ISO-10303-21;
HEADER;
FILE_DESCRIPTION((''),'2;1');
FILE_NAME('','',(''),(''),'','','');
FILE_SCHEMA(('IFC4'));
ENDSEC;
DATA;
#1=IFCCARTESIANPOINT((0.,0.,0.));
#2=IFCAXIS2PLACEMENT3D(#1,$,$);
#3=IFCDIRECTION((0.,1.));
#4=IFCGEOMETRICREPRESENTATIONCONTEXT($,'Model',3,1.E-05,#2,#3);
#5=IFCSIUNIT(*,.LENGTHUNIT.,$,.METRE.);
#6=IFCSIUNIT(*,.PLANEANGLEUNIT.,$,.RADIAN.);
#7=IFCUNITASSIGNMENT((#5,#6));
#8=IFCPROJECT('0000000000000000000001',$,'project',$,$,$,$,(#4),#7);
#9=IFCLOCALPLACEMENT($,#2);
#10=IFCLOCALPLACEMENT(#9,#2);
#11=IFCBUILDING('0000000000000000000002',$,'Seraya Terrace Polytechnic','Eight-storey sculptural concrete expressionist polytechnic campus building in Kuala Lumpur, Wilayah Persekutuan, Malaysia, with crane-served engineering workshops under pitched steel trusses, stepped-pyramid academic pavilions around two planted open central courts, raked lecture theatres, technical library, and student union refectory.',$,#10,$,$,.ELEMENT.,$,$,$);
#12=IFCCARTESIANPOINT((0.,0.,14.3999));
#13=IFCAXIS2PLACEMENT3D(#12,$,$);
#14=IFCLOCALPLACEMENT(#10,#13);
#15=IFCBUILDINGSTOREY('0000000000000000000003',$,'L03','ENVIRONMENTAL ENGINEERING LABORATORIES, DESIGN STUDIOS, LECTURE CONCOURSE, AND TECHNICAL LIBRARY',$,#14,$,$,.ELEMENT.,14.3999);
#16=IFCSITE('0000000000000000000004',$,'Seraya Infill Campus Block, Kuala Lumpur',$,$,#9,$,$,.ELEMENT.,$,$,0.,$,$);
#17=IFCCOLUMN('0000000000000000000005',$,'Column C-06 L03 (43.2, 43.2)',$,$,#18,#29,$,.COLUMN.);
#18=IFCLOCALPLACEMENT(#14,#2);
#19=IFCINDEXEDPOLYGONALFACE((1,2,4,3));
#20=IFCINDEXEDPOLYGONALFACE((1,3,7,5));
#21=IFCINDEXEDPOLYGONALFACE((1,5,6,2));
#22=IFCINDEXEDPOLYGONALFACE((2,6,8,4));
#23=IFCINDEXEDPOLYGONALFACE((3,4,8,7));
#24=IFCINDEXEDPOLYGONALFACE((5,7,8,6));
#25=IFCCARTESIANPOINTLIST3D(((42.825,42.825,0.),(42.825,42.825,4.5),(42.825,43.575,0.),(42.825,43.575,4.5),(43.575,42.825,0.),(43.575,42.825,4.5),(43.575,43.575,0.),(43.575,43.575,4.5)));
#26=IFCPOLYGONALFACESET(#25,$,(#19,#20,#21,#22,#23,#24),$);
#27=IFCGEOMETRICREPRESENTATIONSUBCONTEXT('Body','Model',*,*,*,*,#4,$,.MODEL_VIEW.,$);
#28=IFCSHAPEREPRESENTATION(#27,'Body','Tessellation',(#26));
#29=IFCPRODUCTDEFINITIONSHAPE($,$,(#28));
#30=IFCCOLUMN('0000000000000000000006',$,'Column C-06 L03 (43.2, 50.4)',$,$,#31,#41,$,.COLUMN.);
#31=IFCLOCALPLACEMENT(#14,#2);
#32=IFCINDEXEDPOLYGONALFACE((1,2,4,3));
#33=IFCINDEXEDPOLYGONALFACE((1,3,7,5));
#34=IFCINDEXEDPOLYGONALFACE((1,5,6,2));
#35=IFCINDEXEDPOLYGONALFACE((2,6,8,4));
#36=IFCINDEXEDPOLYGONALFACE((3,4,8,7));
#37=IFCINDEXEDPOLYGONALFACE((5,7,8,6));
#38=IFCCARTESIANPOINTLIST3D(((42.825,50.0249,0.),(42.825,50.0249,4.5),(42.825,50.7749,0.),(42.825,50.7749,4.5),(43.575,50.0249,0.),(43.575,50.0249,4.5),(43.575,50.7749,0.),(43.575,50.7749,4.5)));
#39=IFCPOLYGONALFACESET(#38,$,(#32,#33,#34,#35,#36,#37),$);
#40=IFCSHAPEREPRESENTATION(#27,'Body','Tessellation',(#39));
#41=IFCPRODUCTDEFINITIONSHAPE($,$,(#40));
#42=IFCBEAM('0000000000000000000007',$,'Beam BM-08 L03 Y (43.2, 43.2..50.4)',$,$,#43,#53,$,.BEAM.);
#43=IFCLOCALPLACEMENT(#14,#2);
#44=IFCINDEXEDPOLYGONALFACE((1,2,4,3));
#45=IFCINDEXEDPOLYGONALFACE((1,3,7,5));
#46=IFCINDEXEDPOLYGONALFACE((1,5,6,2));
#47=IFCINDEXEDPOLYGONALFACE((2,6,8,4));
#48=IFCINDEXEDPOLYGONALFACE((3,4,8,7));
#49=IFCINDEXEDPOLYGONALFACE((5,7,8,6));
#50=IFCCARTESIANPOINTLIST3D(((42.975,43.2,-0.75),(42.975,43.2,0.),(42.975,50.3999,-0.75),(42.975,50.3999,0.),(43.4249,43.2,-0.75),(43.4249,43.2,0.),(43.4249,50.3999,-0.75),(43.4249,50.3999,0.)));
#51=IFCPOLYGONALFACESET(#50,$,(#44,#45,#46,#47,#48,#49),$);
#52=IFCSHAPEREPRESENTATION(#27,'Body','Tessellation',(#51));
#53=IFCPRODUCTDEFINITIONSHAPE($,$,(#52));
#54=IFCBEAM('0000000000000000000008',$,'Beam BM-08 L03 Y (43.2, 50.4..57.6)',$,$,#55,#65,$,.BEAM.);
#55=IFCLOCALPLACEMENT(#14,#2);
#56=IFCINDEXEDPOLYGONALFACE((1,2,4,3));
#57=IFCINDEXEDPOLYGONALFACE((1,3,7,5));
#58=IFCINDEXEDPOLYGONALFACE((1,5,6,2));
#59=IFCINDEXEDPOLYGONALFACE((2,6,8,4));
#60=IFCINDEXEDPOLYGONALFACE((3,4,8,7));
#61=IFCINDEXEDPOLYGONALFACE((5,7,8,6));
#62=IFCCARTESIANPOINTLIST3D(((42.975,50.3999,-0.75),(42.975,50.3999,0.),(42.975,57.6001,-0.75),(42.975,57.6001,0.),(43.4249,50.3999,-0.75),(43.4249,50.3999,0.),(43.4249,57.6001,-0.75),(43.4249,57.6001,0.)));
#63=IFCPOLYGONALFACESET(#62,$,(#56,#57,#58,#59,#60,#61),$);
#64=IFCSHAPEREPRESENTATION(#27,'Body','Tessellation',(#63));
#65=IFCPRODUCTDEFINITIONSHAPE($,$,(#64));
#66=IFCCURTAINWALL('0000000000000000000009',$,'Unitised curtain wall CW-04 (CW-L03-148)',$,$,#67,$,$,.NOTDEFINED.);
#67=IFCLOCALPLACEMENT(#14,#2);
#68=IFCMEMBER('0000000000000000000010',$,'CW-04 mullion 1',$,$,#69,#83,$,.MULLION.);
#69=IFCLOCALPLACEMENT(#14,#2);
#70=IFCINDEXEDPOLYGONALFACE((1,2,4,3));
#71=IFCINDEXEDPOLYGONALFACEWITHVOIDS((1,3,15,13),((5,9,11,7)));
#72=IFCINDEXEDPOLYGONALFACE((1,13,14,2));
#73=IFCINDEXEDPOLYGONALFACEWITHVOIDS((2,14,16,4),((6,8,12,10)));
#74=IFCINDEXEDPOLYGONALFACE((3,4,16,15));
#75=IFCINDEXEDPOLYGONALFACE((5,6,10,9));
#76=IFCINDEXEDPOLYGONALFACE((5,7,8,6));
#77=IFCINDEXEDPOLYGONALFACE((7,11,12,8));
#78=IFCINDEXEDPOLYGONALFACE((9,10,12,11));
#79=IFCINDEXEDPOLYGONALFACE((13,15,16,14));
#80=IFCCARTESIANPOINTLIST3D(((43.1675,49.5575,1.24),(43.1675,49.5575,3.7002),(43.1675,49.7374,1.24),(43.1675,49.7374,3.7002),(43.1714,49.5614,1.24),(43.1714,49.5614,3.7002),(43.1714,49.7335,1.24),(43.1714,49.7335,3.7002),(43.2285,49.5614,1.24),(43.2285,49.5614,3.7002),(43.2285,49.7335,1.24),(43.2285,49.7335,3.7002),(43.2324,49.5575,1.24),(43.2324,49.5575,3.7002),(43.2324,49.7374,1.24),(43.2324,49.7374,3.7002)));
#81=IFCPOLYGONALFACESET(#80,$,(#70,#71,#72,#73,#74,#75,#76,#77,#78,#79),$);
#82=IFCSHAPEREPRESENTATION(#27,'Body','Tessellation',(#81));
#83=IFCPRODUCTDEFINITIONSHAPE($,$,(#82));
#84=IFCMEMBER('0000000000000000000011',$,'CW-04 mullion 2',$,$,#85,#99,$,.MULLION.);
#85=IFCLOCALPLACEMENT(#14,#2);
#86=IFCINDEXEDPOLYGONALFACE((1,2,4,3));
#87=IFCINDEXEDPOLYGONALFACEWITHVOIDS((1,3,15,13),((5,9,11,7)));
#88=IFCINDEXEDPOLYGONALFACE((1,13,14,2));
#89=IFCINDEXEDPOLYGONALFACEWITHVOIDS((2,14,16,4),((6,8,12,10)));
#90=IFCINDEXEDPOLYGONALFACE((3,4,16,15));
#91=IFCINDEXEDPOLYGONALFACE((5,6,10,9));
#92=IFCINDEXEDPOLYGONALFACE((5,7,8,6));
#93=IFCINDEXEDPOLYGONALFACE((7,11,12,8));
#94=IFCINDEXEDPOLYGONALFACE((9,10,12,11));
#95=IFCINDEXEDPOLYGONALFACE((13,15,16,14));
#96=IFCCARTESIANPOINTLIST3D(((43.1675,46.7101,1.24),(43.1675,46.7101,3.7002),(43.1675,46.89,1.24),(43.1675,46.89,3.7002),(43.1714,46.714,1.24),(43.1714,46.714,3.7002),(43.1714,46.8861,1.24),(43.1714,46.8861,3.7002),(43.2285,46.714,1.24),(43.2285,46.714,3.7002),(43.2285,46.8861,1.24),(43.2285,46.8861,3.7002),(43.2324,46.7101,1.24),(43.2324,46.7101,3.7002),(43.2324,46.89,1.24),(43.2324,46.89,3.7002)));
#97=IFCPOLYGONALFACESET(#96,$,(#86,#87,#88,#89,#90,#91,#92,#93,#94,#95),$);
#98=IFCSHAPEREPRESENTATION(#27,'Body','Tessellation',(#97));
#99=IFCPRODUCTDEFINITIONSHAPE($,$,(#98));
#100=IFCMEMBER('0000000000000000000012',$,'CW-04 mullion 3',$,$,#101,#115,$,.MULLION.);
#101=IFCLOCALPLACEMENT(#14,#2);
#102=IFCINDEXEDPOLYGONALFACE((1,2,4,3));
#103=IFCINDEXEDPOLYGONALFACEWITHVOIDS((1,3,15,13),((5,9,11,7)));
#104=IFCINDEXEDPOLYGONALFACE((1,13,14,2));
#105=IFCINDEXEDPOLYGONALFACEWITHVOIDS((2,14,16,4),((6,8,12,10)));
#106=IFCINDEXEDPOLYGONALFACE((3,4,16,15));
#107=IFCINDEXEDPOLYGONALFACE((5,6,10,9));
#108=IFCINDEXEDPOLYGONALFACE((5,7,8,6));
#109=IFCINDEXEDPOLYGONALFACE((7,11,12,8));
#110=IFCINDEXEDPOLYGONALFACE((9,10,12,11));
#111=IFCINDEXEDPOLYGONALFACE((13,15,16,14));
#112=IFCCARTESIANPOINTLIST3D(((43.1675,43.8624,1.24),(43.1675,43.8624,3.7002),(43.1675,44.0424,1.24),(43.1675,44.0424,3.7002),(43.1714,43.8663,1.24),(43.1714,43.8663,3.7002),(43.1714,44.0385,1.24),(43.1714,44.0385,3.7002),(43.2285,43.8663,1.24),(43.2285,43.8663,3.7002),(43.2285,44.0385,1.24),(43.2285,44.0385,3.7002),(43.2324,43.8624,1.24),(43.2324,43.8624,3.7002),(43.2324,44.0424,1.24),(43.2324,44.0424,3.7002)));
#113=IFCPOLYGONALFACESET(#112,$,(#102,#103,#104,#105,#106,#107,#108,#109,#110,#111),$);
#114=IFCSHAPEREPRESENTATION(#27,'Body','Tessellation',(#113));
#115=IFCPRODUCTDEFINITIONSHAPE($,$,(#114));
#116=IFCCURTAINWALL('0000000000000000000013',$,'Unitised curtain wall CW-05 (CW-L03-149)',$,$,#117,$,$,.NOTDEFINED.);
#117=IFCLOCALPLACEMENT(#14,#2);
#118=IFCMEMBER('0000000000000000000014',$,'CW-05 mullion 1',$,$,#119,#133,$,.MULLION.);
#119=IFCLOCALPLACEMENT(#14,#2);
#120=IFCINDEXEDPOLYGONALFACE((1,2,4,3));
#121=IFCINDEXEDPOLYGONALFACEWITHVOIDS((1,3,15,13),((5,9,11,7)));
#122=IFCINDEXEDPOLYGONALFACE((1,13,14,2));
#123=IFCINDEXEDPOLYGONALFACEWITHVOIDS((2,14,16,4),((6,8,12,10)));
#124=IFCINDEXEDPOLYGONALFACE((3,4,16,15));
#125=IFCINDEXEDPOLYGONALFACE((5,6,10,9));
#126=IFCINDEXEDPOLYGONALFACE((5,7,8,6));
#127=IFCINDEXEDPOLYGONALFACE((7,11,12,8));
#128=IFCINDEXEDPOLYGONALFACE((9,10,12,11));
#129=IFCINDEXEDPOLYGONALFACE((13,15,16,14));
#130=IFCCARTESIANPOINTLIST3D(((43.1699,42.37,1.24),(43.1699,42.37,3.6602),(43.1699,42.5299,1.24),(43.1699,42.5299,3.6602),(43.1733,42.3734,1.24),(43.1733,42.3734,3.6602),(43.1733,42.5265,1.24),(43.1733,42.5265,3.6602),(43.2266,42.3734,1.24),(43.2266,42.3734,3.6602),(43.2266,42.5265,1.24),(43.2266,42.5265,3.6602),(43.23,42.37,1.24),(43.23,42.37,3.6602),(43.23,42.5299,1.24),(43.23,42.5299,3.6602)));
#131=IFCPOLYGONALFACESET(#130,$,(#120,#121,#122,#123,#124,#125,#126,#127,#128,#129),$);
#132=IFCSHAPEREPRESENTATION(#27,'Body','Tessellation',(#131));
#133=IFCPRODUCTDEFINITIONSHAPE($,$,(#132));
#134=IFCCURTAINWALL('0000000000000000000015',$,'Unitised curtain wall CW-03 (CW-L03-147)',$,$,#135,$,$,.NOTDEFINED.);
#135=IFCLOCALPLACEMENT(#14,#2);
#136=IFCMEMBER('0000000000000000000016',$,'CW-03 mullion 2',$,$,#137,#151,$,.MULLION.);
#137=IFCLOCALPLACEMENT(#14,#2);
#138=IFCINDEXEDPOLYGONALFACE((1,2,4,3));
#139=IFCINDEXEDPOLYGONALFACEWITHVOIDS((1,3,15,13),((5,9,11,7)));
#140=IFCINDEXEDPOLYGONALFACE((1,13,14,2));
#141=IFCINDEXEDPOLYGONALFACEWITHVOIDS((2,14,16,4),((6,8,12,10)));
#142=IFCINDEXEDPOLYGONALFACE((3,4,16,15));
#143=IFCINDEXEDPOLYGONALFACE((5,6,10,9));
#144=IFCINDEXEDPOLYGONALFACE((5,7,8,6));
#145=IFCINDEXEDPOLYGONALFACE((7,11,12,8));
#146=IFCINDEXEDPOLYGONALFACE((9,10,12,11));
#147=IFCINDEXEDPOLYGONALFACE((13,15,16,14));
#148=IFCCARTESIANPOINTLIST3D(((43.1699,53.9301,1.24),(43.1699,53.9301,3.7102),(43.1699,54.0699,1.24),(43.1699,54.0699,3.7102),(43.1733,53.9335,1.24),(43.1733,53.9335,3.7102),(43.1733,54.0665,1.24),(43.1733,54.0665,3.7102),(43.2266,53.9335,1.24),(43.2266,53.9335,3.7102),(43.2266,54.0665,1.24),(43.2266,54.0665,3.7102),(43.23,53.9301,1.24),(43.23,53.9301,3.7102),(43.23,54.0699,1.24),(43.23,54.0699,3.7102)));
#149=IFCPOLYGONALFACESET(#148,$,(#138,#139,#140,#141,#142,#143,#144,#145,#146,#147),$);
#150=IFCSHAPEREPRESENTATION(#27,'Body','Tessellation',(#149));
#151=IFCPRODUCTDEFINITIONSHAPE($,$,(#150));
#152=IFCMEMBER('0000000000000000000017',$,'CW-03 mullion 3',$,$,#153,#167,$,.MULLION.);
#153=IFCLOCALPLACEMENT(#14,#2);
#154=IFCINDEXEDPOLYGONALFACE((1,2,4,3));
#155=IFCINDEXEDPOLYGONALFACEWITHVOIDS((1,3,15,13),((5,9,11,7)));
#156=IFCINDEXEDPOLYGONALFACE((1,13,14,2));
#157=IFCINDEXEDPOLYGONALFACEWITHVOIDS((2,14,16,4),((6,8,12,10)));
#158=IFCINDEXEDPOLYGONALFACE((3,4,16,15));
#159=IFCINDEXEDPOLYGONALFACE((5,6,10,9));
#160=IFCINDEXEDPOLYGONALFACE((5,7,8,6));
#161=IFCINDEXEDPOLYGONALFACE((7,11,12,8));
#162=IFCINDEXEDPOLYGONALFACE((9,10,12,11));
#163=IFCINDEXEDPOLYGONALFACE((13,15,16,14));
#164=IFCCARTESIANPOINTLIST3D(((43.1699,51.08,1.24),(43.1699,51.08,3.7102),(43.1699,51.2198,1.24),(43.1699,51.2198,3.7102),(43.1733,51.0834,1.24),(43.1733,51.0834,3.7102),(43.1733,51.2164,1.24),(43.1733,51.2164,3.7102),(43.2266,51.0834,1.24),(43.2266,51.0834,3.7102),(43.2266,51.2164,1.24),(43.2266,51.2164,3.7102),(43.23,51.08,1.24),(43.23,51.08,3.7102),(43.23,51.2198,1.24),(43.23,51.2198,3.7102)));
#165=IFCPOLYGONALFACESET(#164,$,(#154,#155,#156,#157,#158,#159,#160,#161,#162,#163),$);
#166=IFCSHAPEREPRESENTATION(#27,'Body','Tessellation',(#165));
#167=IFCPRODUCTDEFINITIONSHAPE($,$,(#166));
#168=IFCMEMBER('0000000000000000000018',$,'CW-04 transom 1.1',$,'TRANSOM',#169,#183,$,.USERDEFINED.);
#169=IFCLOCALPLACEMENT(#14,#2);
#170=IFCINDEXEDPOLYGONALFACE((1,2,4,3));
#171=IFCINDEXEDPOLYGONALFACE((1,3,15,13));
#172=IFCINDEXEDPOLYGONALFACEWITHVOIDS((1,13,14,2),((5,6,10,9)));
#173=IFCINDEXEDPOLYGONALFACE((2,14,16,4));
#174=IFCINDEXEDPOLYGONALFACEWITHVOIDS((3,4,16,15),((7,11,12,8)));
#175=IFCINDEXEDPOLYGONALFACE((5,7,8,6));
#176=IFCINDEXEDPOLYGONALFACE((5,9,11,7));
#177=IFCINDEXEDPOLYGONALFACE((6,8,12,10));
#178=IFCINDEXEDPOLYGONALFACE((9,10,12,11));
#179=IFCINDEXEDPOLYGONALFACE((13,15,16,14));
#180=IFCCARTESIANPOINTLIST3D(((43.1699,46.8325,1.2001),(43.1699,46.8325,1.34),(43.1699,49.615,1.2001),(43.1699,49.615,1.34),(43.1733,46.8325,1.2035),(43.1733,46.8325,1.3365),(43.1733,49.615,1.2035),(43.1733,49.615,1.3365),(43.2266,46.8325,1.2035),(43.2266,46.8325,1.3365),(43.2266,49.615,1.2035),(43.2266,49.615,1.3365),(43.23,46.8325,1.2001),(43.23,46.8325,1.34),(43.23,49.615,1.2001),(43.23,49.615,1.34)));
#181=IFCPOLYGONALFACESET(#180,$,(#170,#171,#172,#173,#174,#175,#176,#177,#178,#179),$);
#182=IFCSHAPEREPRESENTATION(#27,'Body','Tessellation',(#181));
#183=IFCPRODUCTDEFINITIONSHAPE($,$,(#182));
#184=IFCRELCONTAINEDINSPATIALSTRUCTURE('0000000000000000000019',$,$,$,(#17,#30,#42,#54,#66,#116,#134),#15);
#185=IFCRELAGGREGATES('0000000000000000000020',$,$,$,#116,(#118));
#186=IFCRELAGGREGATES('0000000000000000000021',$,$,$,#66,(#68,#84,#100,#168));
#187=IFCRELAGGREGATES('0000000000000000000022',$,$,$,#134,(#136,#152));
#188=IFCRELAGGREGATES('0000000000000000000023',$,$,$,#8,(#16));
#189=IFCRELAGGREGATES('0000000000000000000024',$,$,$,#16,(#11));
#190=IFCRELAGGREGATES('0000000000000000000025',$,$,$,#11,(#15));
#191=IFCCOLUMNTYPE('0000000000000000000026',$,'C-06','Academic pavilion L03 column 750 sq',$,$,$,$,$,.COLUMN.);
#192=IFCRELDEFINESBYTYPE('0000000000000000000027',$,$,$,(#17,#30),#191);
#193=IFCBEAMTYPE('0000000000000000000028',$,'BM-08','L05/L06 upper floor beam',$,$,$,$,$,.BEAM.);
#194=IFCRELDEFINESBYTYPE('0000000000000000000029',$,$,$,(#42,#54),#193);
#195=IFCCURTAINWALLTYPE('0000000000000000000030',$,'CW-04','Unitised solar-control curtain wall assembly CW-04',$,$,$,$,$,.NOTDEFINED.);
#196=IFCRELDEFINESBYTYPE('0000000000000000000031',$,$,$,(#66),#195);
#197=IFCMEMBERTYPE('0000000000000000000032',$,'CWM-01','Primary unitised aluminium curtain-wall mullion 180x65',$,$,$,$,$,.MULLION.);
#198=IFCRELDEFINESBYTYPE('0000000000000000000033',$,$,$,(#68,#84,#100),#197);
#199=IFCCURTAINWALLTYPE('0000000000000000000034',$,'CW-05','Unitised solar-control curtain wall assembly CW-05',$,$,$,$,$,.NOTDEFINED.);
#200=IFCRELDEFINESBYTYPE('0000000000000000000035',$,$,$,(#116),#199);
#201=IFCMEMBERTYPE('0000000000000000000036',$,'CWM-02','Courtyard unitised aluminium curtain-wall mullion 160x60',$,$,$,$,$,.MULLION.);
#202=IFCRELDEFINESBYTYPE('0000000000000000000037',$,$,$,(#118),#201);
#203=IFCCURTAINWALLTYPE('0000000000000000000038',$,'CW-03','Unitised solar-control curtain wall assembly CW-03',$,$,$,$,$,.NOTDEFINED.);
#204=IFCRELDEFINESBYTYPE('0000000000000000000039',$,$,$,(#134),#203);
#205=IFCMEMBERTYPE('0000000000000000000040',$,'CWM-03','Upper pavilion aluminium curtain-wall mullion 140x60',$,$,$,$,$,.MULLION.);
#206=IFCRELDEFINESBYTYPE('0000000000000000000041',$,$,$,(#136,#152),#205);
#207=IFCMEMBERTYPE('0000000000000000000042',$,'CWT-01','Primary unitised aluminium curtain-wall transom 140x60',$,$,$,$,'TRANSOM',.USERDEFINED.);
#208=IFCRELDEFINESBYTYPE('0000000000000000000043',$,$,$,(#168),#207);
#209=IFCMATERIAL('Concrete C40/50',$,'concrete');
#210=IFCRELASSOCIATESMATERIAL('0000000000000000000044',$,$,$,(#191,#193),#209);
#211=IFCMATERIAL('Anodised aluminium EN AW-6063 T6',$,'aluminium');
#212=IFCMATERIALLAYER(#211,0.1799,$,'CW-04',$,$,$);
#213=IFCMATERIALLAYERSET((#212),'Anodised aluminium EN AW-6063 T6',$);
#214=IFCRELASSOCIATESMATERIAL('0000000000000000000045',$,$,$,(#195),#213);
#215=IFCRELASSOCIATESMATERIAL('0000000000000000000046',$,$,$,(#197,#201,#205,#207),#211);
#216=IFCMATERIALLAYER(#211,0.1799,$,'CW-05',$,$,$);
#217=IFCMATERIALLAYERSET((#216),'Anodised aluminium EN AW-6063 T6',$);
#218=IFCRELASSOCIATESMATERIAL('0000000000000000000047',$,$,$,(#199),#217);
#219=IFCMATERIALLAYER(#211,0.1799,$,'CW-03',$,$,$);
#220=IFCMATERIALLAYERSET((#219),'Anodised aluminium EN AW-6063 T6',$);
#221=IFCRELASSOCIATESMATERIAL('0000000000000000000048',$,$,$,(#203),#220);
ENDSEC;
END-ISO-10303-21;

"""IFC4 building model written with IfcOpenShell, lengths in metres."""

from ifc_helpers import new_model, si_unit, direction, frame, origin, origin_2d, place, context, subcontext, project, spatial, rectangle, hollow_rectangle, extrude, material, layer, layer_set, material_profile, profile_set, type_object, element, aggregate, save


model = new_model("IFC4")

# Units and contexts
model_context = context("Model", 3, precision=1e-05, world=origin(), true_north=direction((0.0, 1.0)))
body_context = subcontext(model_context, "Body", "Model", "MODEL_VIEW")
ifc_project = project(units=[si_unit("LENGTHUNIT", "METRE"), si_unit("PLANEANGLEUNIT", "RADIAN")], contexts=[model_context])

# Site, building, storey
site_placement = place(None, origin())
site = spatial("IfcSite", under=ifc_project, at=site_placement, Name="Seraya Infill Campus Block, Kuala Lumpur", CompositionType="ELEMENT", RefElevation=0.0)
building_placement = place(site_placement, origin())
building = spatial("IfcBuilding", under=site, at=building_placement, Name="Seraya Terrace Polytechnic", Description="Eight-storey sculptural concrete expressionist polytechnic campus building in Kuala Lumpur, Wilayah Persekutuan, Malaysia, with crane-served engineering workshops under pitched steel trusses, stepped-pyramid academic pavilions around two planted open central courts, raked lecture theatres, technical library, and student union refectory.", CompositionType="ELEMENT")
storey_placement = place(building_placement, frame((0.0, 0.0, 14.3999)))
storey = spatial("IfcBuildingStorey", under=building, at=storey_placement, Name="L03", Description="ENVIRONMENTAL ENGINEERING LABORATORIES, DESIGN STUDIOS, LECTURE CONCOURSE, AND TECHNICAL LIBRARY", CompositionType="ELEMENT", Elevation=14.3999)

# Columns
ifc_material_1 = material(Name="Concrete C40/50", Category="concrete")
ifc_material_profile_1 = material_profile(ifc_material_1, rectangle(XDim=0.75, YDim=0.75, at=origin_2d()), Name="RC 750x750")
ifc_profile_set_1 = profile_set([ifc_material_profile_1], Name="Concrete C40/50")
column_type = type_object("IfcColumnType", Name="C-06", Description="Academic pavilion L03 column 750 sq", PredefinedType="COLUMN", material=ifc_profile_set_1)
for number, where, z_axis, x_axis, name in (
    (1, (43.2, 43.2, 0.0), (0.0, 0.0, 1.0), (1.0, 0.0, 0.0), "Column C-06 L03 (43.2, 43.2)"),
    (2, (43.2, 50.3999, 0.0), (0.0, 0.0, 1.0), (1.0, 0.0, 0.0), "Column C-06 L03 (43.2, 50.4)"),
):
    element("IfcColumn", number, at=place(storey_placement, frame(where, z_axis=z_axis, x_axis=x_axis)), inside=storey, type_object=column_type, Name=name, PredefinedType="COLUMN", context=body_context, shape_type="SweptSolid", body=[
        extrude(rectangle(XDim=0.75, YDim=0.75, at=origin_2d()), origin(), (0.0, 0.0, 1.0), 4.5),
    ])

# Beams
ifc_material_profile_2 = material_profile(ifc_material_1, rectangle(XDim=0.45, YDim=0.75, at=origin_2d()), Name="RC 450x750")
ifc_profile_set_2 = profile_set([ifc_material_profile_2], Name="Concrete C40/50")
beam_type = type_object("IfcBeamType", Name="BM-08", Description="L05/L06 upper floor beam", PredefinedType="BEAM", material=ifc_profile_set_2)
beam_1_placement = place(storey_placement, frame((43.2, 43.2, -0.375), z_axis=(0.0, 1.0, 0.0), x_axis=(-1.0, 0.0, 0.0)))
element("IfcBeam", 3, at=beam_1_placement, inside=storey, type_object=beam_type, Name="Beam BM-08 L03 Y (43.2, 43.2..50.4)", PredefinedType="BEAM", context=body_context, shape_type="SweptSolid", body=[
    extrude(rectangle(XDim=0.45, YDim=0.75, at=origin_2d()), origin(), (0.0, 0.0, 1.0), 7.2),
])
beam_2_placement = place(storey_placement, frame((43.2, 50.3999, -0.375), z_axis=(0.0, 1.0, 0.0), x_axis=(-1.0, 0.0, 0.0)))
element("IfcBeam", 4, at=beam_2_placement, inside=storey, type_object=beam_type, Name="Beam BM-08 L03 Y (43.2, 50.4..57.6)", PredefinedType="BEAM", context=body_context, shape_type="SweptSolid", body=[
    extrude(rectangle(XDim=0.45, YDim=0.75, at=origin_2d()), origin(), (0.0, 0.0, 1.0), 7.2002),
])

# Curtain wall, members
ifc_material_2 = material(Name="Anodised aluminium EN AW-6063 T6", Category="aluminium")
ifc_layer_1 = layer(ifc_material_2, 0.1799, Name="CW-04")
ifc_layer_set_1 = layer_set([ifc_layer_1], Name="Anodised aluminium EN AW-6063 T6")
curtain_wall_type_1 = type_object("IfcCurtainWallType", Name="CW-04", Description="Unitised solar-control curtain wall assembly CW-04", PredefinedType="NOTDEFINED", material=ifc_layer_set_1)
curtain_wall_1_placement = place(storey_placement, origin())
curtain_wall_1 = element("IfcCurtainWall", 5, at=curtain_wall_1_placement, inside=storey, type_object=curtain_wall_type_1, Name="Unitised curtain wall CW-04 (CW-L03-148)", PredefinedType="NOTDEFINED")
ifc_material_profile_3 = material_profile(ifc_material_2, hollow_rectangle(XDim=0.0649, YDim=0.1799, WallThickness=0.0039, at=origin_2d()), Name="RHS 180x65x4.0")
ifc_profile_set_3 = profile_set([ifc_material_profile_3], Name="Anodised aluminium EN AW-6063 T6")
member_type_1 = type_object("IfcMemberType", Name="CWM-01", Description="Primary unitised aluminium curtain-wall mullion 180x65", PredefinedType="MULLION", material=ifc_profile_set_3)
member_1_placement = place(storey_placement, frame((43.2, 49.6475, 1.24), z_axis=(0.0, 0.0, 1.0), x_axis=(1.0, 0.0, 0.0)))
member_1 = element("IfcMember", 6, at=member_1_placement, type_object=member_type_1, Name="CW-04 mullion 1", PredefinedType="MULLION", context=body_context, shape_type="SweptSolid", body=[
    extrude(hollow_rectangle(XDim=0.0649, YDim=0.1799, WallThickness=0.0039, at=origin_2d()), origin(), (0.0, 0.0, 1.0), 2.4602),
])
member_2_placement = place(storey_placement, frame((43.2, 46.8, 1.24), z_axis=(0.0, 0.0, 1.0), x_axis=(1.0, 0.0, 0.0)))
member_2 = element("IfcMember", 7, at=member_2_placement, type_object=member_type_1, Name="CW-04 mullion 2", PredefinedType="MULLION", context=body_context, shape_type="SweptSolid", body=[
    extrude(hollow_rectangle(XDim=0.0649, YDim=0.1799, WallThickness=0.0039, at=origin_2d()), origin(), (0.0, 0.0, 1.0), 2.4602),
])
member_3_placement = place(storey_placement, frame((43.2, 43.9524, 1.24), z_axis=(0.0, 0.0, 1.0), x_axis=(1.0, 0.0, 0.0)))
member_3 = element("IfcMember", 8, at=member_3_placement, type_object=member_type_1, Name="CW-04 mullion 3", PredefinedType="MULLION", context=body_context, shape_type="SweptSolid", body=[
    extrude(hollow_rectangle(XDim=0.0649, YDim=0.1799, WallThickness=0.0039, at=origin_2d()), origin(), (0.0, 0.0, 1.0), 2.4602),
])

# Curtain wall, member
ifc_layer_2 = layer(ifc_material_2, 0.1799, Name="CW-05")
ifc_layer_set_2 = layer_set([ifc_layer_2], Name="Anodised aluminium EN AW-6063 T6")
curtain_wall_type_2 = type_object("IfcCurtainWallType", Name="CW-05", Description="Unitised solar-control curtain wall assembly CW-05", PredefinedType="NOTDEFINED", material=ifc_layer_set_2)
curtain_wall_2_placement = place(storey_placement, origin())
curtain_wall_2 = element("IfcCurtainWall", 9, at=curtain_wall_2_placement, inside=storey, type_object=curtain_wall_type_2, Name="Unitised curtain wall CW-05 (CW-L03-149)", PredefinedType="NOTDEFINED")
ifc_material_profile_4 = material_profile(ifc_material_2, hollow_rectangle(XDim=0.0601, YDim=0.1599, WallThickness=0.0034, at=origin_2d()), Name="RHS 160x60x3.5")
ifc_profile_set_4 = profile_set([ifc_material_profile_4], Name="Anodised aluminium EN AW-6063 T6")
member_type_2 = type_object("IfcMemberType", Name="CWM-02", Description="Courtyard unitised aluminium curtain-wall mullion 160x60", PredefinedType="MULLION", material=ifc_profile_set_4)
member_4_placement = place(storey_placement, frame((43.2, 42.45, 1.24), z_axis=(0.0, 0.0, 1.0), x_axis=(1.0, 0.0, 0.0)))
member_4 = element("IfcMember", 10, at=member_4_placement, type_object=member_type_2, Name="CW-05 mullion 1", PredefinedType="MULLION", context=body_context, shape_type="SweptSolid", body=[
    extrude(hollow_rectangle(XDim=0.0601, YDim=0.1599, WallThickness=0.0034, at=origin_2d()), origin(), (0.0, 0.0, 1.0), 2.4202),
])

# Curtain wall, members
ifc_layer_3 = layer(ifc_material_2, 0.1799, Name="CW-03")
ifc_layer_set_3 = layer_set([ifc_layer_3], Name="Anodised aluminium EN AW-6063 T6")
curtain_wall_type_3 = type_object("IfcCurtainWallType", Name="CW-03", Description="Unitised solar-control curtain wall assembly CW-03", PredefinedType="NOTDEFINED", material=ifc_layer_set_3)
curtain_wall_3_placement = place(storey_placement, origin())
curtain_wall_3 = element("IfcCurtainWall", 11, at=curtain_wall_3_placement, inside=storey, type_object=curtain_wall_type_3, Name="Unitised curtain wall CW-03 (CW-L03-147)", PredefinedType="NOTDEFINED")
ifc_material_profile_5 = material_profile(ifc_material_2, hollow_rectangle(XDim=0.0601, YDim=0.1399, WallThickness=0.0034, at=origin_2d()), Name="RHS 140x60x3.5")
ifc_profile_set_5 = profile_set([ifc_material_profile_5], Name="Anodised aluminium EN AW-6063 T6")
member_type_3 = type_object("IfcMemberType", Name="CWM-03", Description="Upper pavilion aluminium curtain-wall mullion 140x60", PredefinedType="MULLION", material=ifc_profile_set_5)
member_5_placement = place(storey_placement, frame((43.2, 54.0, 1.24), z_axis=(0.0, 0.0, 1.0), x_axis=(1.0, 0.0, 0.0)))
member_5 = element("IfcMember", 12, at=member_5_placement, type_object=member_type_3, Name="CW-03 mullion 2", PredefinedType="MULLION", context=body_context, shape_type="SweptSolid", body=[
    extrude(hollow_rectangle(XDim=0.0601, YDim=0.1399, WallThickness=0.0034, at=origin_2d()), origin(), (0.0, 0.0, 1.0), 2.4702),
])
member_6_placement = place(storey_placement, frame((43.2, 51.1499, 1.24), z_axis=(0.0, 0.0, 1.0), x_axis=(1.0, 0.0, 0.0)))
member_6 = element("IfcMember", 13, at=member_6_placement, type_object=member_type_3, Name="CW-03 mullion 3", PredefinedType="MULLION", context=body_context, shape_type="SweptSolid", body=[
    extrude(hollow_rectangle(XDim=0.0601, YDim=0.1399, WallThickness=0.0034, at=origin_2d()), origin(), (0.0, 0.0, 1.0), 2.4702),
])

# Member
ifc_material_profile_6 = material_profile(ifc_material_2, hollow_rectangle(XDim=0.0601, YDim=0.1399, WallThickness=0.0034, at=origin_2d()), Name="RHS 140x60x3.5")
ifc_profile_set_6 = profile_set([ifc_material_profile_6], Name="Anodised aluminium EN AW-6063 T6")
member_type_4 = type_object("IfcMemberType", Name="CWT-01", Description="Primary unitised aluminium curtain-wall transom 140x60", ElementType="TRANSOM", PredefinedType="USERDEFINED", material=ifc_profile_set_6)
member_7_placement = place(storey_placement, frame((43.2, 49.615, 1.27), z_axis=(0.0, -1.0, 0.0), x_axis=(1.0, 0.0, 0.0)))
member_7 = element("IfcMember", 14, at=member_7_placement, type_object=member_type_4, Name="CW-04 transom 1.1", ObjectType="TRANSOM", PredefinedType="USERDEFINED", context=body_context, shape_type="SweptSolid", body=[
    extrude(hollow_rectangle(XDim=0.0601, YDim=0.1399, WallThickness=0.0034, at=origin_2d()), origin(), (0.0, 0.0, 1.0), 2.7825),
])
aggregate(curtain_wall_2, [member_4])

aggregate(curtain_wall_1, [member_1, member_2, member_3, member_7])
aggregate(curtain_wall_3, [member_5, member_6])

save(model, "model.ifc")
